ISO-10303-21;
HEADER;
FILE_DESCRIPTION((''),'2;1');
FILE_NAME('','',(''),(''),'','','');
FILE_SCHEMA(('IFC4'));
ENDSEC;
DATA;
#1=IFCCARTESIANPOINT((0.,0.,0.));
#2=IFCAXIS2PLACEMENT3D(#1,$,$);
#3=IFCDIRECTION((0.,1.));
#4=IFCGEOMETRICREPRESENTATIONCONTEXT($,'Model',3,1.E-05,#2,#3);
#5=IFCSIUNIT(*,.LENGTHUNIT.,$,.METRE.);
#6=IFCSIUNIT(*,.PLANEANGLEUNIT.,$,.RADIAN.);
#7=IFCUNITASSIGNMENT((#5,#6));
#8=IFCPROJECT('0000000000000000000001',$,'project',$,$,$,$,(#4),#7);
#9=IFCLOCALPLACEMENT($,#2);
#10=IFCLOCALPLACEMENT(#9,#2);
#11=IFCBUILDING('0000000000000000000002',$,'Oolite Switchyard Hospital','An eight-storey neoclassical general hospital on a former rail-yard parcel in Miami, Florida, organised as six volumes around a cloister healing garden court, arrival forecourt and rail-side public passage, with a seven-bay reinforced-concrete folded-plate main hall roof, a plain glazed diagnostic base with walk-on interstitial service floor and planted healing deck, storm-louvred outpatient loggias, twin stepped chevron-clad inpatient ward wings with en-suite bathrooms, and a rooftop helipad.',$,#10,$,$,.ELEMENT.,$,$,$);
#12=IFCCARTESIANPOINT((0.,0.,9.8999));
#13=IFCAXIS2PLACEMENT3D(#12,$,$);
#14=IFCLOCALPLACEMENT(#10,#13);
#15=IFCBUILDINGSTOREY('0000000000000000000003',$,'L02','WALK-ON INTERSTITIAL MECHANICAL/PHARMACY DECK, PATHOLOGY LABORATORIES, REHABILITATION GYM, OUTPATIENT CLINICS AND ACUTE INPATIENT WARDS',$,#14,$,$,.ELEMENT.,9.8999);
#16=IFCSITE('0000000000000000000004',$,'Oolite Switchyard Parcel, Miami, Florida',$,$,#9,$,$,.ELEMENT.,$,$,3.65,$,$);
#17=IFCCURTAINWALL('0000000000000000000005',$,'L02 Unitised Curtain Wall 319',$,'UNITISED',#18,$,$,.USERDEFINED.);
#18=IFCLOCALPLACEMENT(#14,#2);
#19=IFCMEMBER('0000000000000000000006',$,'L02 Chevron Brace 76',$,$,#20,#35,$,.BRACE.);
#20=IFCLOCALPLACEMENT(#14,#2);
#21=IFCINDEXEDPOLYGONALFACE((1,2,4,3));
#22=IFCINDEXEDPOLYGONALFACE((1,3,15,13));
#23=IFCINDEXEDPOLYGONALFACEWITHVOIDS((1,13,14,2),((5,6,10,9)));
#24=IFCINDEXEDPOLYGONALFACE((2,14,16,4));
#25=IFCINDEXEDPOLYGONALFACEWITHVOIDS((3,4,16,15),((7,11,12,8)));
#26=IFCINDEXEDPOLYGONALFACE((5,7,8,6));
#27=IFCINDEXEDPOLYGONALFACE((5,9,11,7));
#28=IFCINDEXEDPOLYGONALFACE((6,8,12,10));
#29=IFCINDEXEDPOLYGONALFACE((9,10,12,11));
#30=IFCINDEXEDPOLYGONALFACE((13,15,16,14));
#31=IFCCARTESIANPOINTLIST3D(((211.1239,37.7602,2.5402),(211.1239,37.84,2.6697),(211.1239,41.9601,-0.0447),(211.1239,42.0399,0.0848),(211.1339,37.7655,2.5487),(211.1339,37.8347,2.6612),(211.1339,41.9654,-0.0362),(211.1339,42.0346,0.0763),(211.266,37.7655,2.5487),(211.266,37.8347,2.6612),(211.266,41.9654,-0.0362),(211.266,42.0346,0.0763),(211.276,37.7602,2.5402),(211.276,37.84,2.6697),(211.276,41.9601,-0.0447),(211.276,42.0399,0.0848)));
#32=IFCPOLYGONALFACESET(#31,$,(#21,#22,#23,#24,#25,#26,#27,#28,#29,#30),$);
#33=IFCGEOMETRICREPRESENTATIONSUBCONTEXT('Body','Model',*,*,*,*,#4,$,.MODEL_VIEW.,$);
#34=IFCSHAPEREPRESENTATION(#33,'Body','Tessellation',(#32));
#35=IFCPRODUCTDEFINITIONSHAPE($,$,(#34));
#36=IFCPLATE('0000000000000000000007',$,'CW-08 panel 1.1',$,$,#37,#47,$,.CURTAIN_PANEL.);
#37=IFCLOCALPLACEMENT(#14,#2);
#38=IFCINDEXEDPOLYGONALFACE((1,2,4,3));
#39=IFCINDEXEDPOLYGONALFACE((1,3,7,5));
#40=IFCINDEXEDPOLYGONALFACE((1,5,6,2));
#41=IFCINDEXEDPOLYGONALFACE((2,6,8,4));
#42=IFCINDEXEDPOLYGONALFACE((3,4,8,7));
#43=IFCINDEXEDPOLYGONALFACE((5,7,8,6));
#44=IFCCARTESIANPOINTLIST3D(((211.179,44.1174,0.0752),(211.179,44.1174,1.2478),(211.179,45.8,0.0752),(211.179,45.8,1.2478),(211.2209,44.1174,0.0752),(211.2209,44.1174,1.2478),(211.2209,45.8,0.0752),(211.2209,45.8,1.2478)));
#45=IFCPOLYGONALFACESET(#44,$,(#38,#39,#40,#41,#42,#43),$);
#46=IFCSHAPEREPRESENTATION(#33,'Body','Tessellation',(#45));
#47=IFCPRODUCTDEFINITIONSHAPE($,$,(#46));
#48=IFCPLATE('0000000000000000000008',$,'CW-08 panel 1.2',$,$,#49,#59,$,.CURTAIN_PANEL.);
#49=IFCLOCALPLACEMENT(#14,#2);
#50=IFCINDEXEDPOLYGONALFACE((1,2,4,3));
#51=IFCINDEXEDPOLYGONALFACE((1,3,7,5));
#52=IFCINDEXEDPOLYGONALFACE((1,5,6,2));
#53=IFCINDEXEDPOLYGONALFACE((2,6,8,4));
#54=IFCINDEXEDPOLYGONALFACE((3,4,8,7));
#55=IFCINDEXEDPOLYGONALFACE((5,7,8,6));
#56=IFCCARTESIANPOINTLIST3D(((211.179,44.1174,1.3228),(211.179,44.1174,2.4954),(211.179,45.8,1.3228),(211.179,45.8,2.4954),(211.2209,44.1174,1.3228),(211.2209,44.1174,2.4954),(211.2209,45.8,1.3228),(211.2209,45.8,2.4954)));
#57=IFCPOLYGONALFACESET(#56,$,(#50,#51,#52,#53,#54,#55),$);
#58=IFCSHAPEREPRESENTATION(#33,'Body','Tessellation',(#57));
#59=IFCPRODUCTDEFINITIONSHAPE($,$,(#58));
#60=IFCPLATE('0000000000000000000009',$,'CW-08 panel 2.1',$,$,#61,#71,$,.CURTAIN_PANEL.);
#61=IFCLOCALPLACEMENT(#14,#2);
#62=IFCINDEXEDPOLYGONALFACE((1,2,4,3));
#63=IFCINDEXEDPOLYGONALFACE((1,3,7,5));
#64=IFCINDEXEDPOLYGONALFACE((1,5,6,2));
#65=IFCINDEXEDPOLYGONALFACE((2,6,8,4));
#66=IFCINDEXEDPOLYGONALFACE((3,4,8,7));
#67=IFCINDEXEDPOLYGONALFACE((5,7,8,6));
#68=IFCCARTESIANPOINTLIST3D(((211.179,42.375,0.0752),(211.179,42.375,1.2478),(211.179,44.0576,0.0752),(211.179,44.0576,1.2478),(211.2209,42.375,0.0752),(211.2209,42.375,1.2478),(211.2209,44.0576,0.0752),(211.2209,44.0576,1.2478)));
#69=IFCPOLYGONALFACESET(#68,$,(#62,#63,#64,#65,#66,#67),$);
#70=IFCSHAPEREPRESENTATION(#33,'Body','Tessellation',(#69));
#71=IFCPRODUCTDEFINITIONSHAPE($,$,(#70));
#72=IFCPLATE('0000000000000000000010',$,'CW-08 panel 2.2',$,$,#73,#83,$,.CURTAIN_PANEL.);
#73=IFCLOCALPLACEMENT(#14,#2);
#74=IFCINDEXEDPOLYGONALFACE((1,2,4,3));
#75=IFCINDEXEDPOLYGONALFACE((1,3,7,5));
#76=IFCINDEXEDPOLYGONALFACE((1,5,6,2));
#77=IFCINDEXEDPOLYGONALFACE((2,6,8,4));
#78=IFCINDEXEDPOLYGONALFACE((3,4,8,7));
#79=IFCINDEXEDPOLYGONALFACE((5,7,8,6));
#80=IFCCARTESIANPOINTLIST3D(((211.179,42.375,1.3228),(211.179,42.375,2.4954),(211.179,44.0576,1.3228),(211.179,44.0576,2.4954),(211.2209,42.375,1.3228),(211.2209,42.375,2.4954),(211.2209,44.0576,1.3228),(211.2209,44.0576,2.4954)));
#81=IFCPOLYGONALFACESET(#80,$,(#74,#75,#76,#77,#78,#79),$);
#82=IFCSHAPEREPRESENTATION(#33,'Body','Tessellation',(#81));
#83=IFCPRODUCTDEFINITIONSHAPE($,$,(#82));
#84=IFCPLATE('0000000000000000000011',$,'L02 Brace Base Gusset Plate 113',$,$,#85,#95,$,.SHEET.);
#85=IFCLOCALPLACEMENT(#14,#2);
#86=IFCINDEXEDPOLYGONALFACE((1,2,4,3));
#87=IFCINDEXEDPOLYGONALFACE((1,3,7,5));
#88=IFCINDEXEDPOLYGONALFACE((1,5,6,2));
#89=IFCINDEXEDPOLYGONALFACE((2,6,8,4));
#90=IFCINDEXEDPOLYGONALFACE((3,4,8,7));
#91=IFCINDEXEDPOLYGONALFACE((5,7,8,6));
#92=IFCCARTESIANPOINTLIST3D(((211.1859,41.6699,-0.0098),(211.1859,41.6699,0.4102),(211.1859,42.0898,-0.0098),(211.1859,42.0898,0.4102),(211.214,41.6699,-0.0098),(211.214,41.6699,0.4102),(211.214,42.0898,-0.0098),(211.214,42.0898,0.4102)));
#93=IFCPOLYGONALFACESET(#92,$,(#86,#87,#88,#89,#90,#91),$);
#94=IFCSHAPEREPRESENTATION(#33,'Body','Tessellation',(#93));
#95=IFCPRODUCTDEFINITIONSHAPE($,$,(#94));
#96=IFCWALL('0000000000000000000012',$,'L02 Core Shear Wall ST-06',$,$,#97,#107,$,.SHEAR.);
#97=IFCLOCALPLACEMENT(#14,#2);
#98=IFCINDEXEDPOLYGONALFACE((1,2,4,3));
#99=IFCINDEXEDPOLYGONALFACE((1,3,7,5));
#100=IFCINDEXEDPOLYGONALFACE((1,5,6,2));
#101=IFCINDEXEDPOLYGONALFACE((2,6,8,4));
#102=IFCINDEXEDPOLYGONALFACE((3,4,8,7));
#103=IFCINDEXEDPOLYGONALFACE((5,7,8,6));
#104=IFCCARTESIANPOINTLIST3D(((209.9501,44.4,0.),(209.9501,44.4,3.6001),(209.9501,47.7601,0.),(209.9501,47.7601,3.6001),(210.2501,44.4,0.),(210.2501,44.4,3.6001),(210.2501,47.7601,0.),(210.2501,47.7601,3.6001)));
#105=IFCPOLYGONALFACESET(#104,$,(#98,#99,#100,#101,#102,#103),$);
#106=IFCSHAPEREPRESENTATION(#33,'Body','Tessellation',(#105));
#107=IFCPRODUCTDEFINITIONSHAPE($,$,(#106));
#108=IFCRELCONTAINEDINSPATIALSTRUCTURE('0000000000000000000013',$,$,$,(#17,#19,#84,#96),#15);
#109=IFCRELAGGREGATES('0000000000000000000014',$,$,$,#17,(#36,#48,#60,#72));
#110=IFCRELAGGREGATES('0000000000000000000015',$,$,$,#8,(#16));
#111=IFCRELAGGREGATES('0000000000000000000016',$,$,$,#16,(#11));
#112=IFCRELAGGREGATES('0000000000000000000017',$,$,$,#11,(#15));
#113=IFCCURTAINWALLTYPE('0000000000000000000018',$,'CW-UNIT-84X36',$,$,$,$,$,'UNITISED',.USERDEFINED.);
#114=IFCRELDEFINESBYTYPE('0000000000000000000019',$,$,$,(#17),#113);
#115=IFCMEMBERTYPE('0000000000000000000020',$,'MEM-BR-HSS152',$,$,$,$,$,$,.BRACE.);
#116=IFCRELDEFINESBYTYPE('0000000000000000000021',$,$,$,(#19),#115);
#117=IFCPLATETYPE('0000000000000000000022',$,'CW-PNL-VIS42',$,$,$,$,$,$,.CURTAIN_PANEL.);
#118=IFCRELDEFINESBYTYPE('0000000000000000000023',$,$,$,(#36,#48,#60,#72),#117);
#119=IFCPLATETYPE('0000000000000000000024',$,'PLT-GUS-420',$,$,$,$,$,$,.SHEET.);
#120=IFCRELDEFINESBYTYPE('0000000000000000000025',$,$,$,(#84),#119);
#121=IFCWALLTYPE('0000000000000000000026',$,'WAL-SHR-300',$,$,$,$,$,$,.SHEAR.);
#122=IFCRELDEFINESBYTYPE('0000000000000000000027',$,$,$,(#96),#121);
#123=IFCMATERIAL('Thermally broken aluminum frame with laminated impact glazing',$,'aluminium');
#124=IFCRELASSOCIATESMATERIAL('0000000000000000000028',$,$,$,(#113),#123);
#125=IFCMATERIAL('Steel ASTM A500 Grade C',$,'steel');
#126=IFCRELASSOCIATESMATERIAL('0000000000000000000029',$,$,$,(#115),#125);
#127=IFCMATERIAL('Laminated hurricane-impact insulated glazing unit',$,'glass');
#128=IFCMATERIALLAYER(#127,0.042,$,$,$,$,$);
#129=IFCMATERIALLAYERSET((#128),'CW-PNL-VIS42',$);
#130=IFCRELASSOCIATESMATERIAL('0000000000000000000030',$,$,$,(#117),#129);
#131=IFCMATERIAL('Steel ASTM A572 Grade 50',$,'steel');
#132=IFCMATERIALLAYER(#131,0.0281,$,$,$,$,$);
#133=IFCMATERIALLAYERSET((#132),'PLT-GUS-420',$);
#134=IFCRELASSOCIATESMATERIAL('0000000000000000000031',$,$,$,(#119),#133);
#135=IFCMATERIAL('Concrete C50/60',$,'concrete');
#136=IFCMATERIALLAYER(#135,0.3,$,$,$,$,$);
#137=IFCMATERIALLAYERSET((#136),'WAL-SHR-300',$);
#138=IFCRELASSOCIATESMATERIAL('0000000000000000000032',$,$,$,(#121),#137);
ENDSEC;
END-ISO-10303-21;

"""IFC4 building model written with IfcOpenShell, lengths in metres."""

from ifc_helpers import new_model, si_unit, direction, frame, frame_2d, origin, origin_2d, place, context, subcontext, project, spatial, rectangle, hollow_rectangle, extrude, material, layer, layer_set, material_profile, profile_set, type_object, element, aggregate, save


model = new_model("IFC4")

# Units and contexts
model_context = context("Model", 3, precision=1e-05, world=origin(), true_north=direction((0.0, 1.0)))
body_context = subcontext(model_context, "Body", "Model", "MODEL_VIEW")
ifc_project = project(units=[si_unit("LENGTHUNIT", "METRE"), si_unit("PLANEANGLEUNIT", "RADIAN")], contexts=[model_context])

# Site, building, storey
site_placement = place(None, origin())
site = spatial("IfcSite", under=ifc_project, at=site_placement, Name="Oolite Switchyard Parcel, Miami, Florida", CompositionType="ELEMENT", RefElevation=3.65)
building_placement = place(site_placement, origin())
building = spatial("IfcBuilding", under=site, at=building_placement, Name="Oolite Switchyard Hospital", Description="An eight-storey neoclassical general hospital on a former rail-yard parcel in Miami, Florida, organised as six volumes around a cloister healing garden court, arrival forecourt and rail-side public passage, with a seven-bay reinforced-concrete folded-plate main hall roof, a plain glazed diagnostic base with walk-on interstitial service floor and planted healing deck, storm-louvred outpatient loggias, twin stepped chevron-clad inpatient ward wings with en-suite bathrooms, and a rooftop helipad.", CompositionType="ELEMENT")
storey_placement = place(building_placement, frame((0.0, 0.0, 9.8999)))
storey = spatial("IfcBuildingStorey", under=building, at=storey_placement, Name="L02", Description="WALK-ON INTERSTITIAL MECHANICAL/PHARMACY DECK, PATHOLOGY LABORATORIES, REHABILITATION GYM, OUTPATIENT CLINICS AND ACUTE INPATIENT WARDS", CompositionType="ELEMENT", Elevation=9.8999)

# Shared definitions
ifc_material_1 = material(Name="Concrete C50/60", Category="concrete")

# Curtain wall
ifc_material_2 = material(Name="Thermally broken aluminum frame with laminated impact glazing", Category="aluminium")
curtain_wall_type = type_object("IfcCurtainWallType", Name="CW-UNIT-84X36", ElementType="UNITISED", PredefinedType="USERDEFINED", material=ifc_material_2)
curtain_wall_1_placement = place(storey_placement, origin())
curtain_wall_1 = element("IfcCurtainWall", 1, at=curtain_wall_1_placement, inside=storey, type_object=curtain_wall_type, Name="L02 Unitised Curtain Wall 319", ObjectType="UNITISED", PredefinedType="USERDEFINED")

# Member
ifc_material_3 = material(Name="Steel ASTM A500 Grade C", Category="steel")
ifc_material_profile_1 = material_profile(ifc_material_3, hollow_rectangle(XDim=0.1521, YDim=0.1521, WallThickness=0.01, at=origin_2d()), Name="HSS152X152X10")
ifc_profile_set_1 = profile_set([ifc_material_profile_1], Name="Steel ASTM A500 Grade C")
member_type_1 = type_object("IfcMemberType", Name="MEM-BR-HSS152", PredefinedType="BRACE", material=ifc_profile_set_1)
member_1_placement = place(storey_placement, frame((211.2, 42.0, 0.02), z_axis=(0.0, -0.851624, 0.524153), x_axis=(1.0, 0.0, 0.0)))
element("IfcMember", 2, at=member_1_placement, inside=storey, type_object=member_type_1, Name="L02 Chevron Brace 76", PredefinedType="BRACE", context=body_context, shape_type="SweptSolid", body=[
    extrude(hollow_rectangle(XDim=0.1521, YDim=0.1521, WallThickness=0.01, at=origin_2d()), origin(), (0.0, 0.0, 1.0), 4.9316),
])

# Plates
ifc_material_4 = material(Name="Laminated hurricane-impact insulated glazing unit", Category="glass")
ifc_layer_1 = layer(ifc_material_4, 0.042)
ifc_layer_set_1 = layer_set([ifc_layer_1], Name="CW-PNL-VIS42")
plate_type_1 = type_object("IfcPlateType", Name="CW-PNL-VIS42", PredefinedType="CURTAIN_PANEL", material=ifc_layer_set_1)
plate_1_placement = place(storey_placement, frame((211.2, 44.9587, 0.0752), z_axis=(0.0, 0.0, 1.0), x_axis=(0.0, -1.0, 0.0)))
plate_1 = element("IfcPlate", 3, at=plate_1_placement, type_object=plate_type_1, Name="CW-08 panel 1.1", PredefinedType="CURTAIN_PANEL", context=body_context, shape_type="SweptSolid", body=[
    extrude(rectangle(XDim=1.6826, YDim=0.042, at=origin_2d()), origin(), (0.0, 0.0, 1.0), 1.1726),
])
plate_2_placement = place(storey_placement, frame((211.2, 44.9587, 1.3228), z_axis=(0.0, 0.0, 1.0), x_axis=(0.0, -1.0, 0.0)))
plate_2 = element("IfcPlate", 4, at=plate_2_placement, type_object=plate_type_1, Name="CW-08 panel 1.2", PredefinedType="CURTAIN_PANEL", context=body_context, shape_type="SweptSolid", body=[
    extrude(rectangle(XDim=1.6826, YDim=0.042, at=origin_2d()), origin(), (0.0, 0.0, 1.0), 1.1726),
])
plate_3_placement = place(storey_placement, frame((211.2, 43.2163, 0.0752), z_axis=(0.0, 0.0, 1.0), x_axis=(0.0, -1.0, 0.0)))
plate_3 = element("IfcPlate", 5, at=plate_3_placement, type_object=plate_type_1, Name="CW-08 panel 2.1", PredefinedType="CURTAIN_PANEL", context=body_context, shape_type="SweptSolid", body=[
    extrude(rectangle(XDim=1.6826, YDim=0.042, at=origin_2d()), origin(), (0.0, 0.0, 1.0), 1.1726),
])
plate_4_placement = place(storey_placement, frame((211.2, 43.2163, 1.3228), z_axis=(0.0, 0.0, 1.0), x_axis=(0.0, -1.0, 0.0)))
plate_4 = element("IfcPlate", 6, at=plate_4_placement, type_object=plate_type_1, Name="CW-08 panel 2.2", PredefinedType="CURTAIN_PANEL", context=body_context, shape_type="SweptSolid", body=[
    extrude(rectangle(XDim=1.6826, YDim=0.042, at=origin_2d()), origin(), (0.0, 0.0, 1.0), 1.1726),
])
aggregate(curtain_wall_1, [plate_1, plate_2, plate_3, plate_4])
ifc_material_5 = material(Name="Steel ASTM A572 Grade 50", Category="steel")
ifc_layer_2 = layer(ifc_material_5, 0.0281)
ifc_layer_set_2 = layer_set([ifc_layer_2], Name="PLT-GUS-420")
plate_type_2 = type_object("IfcPlateType", Name="PLT-GUS-420", PredefinedType="SHEET", material=ifc_layer_set_2)
plate_5_placement = place(storey_placement, frame((211.2, 41.8799, -0.0098), z_axis=(0.0, 0.0, 1.0), x_axis=(0.0, 1.0, 0.0)))
element("IfcPlate", 7, at=plate_5_placement, inside=storey, type_object=plate_type_2, Name="L02 Brace Base Gusset Plate 113", PredefinedType="SHEET", context=body_context, shape_type="SweptSolid", body=[
    extrude(rectangle(XDim=0.4199, YDim=0.0281, at=origin_2d()), origin(), (0.0, 0.0, 1.0), 0.4199),
])

# Wall
ifc_layer_3 = layer(ifc_material_1, 0.3)
ifc_layer_set_3 = layer_set([ifc_layer_3], Name="WAL-SHR-300")
wall_type = type_object("IfcWallType", Name="WAL-SHR-300", PredefinedType="SHEAR", material=ifc_layer_set_3)
wall_placement = place(storey_placement, frame((210.1001, 44.3999, 0.0), z_axis=(0.0, 0.0, 1.0), x_axis=(0.0, 1.0, 0.0)))
element("IfcWall", 8, at=wall_placement, inside=storey, type_object=wall_type, Name="L02 Core Shear Wall ST-06", PredefinedType="SHEAR", context=body_context, shape_type="SweptSolid", body=[
    extrude(rectangle(XDim=3.3601, YDim=0.3, at=frame_2d((1.6802, 0.0))), origin(), (0.0, 0.0, 1.0), 3.6001),
])

save(model, "model.ifc")
